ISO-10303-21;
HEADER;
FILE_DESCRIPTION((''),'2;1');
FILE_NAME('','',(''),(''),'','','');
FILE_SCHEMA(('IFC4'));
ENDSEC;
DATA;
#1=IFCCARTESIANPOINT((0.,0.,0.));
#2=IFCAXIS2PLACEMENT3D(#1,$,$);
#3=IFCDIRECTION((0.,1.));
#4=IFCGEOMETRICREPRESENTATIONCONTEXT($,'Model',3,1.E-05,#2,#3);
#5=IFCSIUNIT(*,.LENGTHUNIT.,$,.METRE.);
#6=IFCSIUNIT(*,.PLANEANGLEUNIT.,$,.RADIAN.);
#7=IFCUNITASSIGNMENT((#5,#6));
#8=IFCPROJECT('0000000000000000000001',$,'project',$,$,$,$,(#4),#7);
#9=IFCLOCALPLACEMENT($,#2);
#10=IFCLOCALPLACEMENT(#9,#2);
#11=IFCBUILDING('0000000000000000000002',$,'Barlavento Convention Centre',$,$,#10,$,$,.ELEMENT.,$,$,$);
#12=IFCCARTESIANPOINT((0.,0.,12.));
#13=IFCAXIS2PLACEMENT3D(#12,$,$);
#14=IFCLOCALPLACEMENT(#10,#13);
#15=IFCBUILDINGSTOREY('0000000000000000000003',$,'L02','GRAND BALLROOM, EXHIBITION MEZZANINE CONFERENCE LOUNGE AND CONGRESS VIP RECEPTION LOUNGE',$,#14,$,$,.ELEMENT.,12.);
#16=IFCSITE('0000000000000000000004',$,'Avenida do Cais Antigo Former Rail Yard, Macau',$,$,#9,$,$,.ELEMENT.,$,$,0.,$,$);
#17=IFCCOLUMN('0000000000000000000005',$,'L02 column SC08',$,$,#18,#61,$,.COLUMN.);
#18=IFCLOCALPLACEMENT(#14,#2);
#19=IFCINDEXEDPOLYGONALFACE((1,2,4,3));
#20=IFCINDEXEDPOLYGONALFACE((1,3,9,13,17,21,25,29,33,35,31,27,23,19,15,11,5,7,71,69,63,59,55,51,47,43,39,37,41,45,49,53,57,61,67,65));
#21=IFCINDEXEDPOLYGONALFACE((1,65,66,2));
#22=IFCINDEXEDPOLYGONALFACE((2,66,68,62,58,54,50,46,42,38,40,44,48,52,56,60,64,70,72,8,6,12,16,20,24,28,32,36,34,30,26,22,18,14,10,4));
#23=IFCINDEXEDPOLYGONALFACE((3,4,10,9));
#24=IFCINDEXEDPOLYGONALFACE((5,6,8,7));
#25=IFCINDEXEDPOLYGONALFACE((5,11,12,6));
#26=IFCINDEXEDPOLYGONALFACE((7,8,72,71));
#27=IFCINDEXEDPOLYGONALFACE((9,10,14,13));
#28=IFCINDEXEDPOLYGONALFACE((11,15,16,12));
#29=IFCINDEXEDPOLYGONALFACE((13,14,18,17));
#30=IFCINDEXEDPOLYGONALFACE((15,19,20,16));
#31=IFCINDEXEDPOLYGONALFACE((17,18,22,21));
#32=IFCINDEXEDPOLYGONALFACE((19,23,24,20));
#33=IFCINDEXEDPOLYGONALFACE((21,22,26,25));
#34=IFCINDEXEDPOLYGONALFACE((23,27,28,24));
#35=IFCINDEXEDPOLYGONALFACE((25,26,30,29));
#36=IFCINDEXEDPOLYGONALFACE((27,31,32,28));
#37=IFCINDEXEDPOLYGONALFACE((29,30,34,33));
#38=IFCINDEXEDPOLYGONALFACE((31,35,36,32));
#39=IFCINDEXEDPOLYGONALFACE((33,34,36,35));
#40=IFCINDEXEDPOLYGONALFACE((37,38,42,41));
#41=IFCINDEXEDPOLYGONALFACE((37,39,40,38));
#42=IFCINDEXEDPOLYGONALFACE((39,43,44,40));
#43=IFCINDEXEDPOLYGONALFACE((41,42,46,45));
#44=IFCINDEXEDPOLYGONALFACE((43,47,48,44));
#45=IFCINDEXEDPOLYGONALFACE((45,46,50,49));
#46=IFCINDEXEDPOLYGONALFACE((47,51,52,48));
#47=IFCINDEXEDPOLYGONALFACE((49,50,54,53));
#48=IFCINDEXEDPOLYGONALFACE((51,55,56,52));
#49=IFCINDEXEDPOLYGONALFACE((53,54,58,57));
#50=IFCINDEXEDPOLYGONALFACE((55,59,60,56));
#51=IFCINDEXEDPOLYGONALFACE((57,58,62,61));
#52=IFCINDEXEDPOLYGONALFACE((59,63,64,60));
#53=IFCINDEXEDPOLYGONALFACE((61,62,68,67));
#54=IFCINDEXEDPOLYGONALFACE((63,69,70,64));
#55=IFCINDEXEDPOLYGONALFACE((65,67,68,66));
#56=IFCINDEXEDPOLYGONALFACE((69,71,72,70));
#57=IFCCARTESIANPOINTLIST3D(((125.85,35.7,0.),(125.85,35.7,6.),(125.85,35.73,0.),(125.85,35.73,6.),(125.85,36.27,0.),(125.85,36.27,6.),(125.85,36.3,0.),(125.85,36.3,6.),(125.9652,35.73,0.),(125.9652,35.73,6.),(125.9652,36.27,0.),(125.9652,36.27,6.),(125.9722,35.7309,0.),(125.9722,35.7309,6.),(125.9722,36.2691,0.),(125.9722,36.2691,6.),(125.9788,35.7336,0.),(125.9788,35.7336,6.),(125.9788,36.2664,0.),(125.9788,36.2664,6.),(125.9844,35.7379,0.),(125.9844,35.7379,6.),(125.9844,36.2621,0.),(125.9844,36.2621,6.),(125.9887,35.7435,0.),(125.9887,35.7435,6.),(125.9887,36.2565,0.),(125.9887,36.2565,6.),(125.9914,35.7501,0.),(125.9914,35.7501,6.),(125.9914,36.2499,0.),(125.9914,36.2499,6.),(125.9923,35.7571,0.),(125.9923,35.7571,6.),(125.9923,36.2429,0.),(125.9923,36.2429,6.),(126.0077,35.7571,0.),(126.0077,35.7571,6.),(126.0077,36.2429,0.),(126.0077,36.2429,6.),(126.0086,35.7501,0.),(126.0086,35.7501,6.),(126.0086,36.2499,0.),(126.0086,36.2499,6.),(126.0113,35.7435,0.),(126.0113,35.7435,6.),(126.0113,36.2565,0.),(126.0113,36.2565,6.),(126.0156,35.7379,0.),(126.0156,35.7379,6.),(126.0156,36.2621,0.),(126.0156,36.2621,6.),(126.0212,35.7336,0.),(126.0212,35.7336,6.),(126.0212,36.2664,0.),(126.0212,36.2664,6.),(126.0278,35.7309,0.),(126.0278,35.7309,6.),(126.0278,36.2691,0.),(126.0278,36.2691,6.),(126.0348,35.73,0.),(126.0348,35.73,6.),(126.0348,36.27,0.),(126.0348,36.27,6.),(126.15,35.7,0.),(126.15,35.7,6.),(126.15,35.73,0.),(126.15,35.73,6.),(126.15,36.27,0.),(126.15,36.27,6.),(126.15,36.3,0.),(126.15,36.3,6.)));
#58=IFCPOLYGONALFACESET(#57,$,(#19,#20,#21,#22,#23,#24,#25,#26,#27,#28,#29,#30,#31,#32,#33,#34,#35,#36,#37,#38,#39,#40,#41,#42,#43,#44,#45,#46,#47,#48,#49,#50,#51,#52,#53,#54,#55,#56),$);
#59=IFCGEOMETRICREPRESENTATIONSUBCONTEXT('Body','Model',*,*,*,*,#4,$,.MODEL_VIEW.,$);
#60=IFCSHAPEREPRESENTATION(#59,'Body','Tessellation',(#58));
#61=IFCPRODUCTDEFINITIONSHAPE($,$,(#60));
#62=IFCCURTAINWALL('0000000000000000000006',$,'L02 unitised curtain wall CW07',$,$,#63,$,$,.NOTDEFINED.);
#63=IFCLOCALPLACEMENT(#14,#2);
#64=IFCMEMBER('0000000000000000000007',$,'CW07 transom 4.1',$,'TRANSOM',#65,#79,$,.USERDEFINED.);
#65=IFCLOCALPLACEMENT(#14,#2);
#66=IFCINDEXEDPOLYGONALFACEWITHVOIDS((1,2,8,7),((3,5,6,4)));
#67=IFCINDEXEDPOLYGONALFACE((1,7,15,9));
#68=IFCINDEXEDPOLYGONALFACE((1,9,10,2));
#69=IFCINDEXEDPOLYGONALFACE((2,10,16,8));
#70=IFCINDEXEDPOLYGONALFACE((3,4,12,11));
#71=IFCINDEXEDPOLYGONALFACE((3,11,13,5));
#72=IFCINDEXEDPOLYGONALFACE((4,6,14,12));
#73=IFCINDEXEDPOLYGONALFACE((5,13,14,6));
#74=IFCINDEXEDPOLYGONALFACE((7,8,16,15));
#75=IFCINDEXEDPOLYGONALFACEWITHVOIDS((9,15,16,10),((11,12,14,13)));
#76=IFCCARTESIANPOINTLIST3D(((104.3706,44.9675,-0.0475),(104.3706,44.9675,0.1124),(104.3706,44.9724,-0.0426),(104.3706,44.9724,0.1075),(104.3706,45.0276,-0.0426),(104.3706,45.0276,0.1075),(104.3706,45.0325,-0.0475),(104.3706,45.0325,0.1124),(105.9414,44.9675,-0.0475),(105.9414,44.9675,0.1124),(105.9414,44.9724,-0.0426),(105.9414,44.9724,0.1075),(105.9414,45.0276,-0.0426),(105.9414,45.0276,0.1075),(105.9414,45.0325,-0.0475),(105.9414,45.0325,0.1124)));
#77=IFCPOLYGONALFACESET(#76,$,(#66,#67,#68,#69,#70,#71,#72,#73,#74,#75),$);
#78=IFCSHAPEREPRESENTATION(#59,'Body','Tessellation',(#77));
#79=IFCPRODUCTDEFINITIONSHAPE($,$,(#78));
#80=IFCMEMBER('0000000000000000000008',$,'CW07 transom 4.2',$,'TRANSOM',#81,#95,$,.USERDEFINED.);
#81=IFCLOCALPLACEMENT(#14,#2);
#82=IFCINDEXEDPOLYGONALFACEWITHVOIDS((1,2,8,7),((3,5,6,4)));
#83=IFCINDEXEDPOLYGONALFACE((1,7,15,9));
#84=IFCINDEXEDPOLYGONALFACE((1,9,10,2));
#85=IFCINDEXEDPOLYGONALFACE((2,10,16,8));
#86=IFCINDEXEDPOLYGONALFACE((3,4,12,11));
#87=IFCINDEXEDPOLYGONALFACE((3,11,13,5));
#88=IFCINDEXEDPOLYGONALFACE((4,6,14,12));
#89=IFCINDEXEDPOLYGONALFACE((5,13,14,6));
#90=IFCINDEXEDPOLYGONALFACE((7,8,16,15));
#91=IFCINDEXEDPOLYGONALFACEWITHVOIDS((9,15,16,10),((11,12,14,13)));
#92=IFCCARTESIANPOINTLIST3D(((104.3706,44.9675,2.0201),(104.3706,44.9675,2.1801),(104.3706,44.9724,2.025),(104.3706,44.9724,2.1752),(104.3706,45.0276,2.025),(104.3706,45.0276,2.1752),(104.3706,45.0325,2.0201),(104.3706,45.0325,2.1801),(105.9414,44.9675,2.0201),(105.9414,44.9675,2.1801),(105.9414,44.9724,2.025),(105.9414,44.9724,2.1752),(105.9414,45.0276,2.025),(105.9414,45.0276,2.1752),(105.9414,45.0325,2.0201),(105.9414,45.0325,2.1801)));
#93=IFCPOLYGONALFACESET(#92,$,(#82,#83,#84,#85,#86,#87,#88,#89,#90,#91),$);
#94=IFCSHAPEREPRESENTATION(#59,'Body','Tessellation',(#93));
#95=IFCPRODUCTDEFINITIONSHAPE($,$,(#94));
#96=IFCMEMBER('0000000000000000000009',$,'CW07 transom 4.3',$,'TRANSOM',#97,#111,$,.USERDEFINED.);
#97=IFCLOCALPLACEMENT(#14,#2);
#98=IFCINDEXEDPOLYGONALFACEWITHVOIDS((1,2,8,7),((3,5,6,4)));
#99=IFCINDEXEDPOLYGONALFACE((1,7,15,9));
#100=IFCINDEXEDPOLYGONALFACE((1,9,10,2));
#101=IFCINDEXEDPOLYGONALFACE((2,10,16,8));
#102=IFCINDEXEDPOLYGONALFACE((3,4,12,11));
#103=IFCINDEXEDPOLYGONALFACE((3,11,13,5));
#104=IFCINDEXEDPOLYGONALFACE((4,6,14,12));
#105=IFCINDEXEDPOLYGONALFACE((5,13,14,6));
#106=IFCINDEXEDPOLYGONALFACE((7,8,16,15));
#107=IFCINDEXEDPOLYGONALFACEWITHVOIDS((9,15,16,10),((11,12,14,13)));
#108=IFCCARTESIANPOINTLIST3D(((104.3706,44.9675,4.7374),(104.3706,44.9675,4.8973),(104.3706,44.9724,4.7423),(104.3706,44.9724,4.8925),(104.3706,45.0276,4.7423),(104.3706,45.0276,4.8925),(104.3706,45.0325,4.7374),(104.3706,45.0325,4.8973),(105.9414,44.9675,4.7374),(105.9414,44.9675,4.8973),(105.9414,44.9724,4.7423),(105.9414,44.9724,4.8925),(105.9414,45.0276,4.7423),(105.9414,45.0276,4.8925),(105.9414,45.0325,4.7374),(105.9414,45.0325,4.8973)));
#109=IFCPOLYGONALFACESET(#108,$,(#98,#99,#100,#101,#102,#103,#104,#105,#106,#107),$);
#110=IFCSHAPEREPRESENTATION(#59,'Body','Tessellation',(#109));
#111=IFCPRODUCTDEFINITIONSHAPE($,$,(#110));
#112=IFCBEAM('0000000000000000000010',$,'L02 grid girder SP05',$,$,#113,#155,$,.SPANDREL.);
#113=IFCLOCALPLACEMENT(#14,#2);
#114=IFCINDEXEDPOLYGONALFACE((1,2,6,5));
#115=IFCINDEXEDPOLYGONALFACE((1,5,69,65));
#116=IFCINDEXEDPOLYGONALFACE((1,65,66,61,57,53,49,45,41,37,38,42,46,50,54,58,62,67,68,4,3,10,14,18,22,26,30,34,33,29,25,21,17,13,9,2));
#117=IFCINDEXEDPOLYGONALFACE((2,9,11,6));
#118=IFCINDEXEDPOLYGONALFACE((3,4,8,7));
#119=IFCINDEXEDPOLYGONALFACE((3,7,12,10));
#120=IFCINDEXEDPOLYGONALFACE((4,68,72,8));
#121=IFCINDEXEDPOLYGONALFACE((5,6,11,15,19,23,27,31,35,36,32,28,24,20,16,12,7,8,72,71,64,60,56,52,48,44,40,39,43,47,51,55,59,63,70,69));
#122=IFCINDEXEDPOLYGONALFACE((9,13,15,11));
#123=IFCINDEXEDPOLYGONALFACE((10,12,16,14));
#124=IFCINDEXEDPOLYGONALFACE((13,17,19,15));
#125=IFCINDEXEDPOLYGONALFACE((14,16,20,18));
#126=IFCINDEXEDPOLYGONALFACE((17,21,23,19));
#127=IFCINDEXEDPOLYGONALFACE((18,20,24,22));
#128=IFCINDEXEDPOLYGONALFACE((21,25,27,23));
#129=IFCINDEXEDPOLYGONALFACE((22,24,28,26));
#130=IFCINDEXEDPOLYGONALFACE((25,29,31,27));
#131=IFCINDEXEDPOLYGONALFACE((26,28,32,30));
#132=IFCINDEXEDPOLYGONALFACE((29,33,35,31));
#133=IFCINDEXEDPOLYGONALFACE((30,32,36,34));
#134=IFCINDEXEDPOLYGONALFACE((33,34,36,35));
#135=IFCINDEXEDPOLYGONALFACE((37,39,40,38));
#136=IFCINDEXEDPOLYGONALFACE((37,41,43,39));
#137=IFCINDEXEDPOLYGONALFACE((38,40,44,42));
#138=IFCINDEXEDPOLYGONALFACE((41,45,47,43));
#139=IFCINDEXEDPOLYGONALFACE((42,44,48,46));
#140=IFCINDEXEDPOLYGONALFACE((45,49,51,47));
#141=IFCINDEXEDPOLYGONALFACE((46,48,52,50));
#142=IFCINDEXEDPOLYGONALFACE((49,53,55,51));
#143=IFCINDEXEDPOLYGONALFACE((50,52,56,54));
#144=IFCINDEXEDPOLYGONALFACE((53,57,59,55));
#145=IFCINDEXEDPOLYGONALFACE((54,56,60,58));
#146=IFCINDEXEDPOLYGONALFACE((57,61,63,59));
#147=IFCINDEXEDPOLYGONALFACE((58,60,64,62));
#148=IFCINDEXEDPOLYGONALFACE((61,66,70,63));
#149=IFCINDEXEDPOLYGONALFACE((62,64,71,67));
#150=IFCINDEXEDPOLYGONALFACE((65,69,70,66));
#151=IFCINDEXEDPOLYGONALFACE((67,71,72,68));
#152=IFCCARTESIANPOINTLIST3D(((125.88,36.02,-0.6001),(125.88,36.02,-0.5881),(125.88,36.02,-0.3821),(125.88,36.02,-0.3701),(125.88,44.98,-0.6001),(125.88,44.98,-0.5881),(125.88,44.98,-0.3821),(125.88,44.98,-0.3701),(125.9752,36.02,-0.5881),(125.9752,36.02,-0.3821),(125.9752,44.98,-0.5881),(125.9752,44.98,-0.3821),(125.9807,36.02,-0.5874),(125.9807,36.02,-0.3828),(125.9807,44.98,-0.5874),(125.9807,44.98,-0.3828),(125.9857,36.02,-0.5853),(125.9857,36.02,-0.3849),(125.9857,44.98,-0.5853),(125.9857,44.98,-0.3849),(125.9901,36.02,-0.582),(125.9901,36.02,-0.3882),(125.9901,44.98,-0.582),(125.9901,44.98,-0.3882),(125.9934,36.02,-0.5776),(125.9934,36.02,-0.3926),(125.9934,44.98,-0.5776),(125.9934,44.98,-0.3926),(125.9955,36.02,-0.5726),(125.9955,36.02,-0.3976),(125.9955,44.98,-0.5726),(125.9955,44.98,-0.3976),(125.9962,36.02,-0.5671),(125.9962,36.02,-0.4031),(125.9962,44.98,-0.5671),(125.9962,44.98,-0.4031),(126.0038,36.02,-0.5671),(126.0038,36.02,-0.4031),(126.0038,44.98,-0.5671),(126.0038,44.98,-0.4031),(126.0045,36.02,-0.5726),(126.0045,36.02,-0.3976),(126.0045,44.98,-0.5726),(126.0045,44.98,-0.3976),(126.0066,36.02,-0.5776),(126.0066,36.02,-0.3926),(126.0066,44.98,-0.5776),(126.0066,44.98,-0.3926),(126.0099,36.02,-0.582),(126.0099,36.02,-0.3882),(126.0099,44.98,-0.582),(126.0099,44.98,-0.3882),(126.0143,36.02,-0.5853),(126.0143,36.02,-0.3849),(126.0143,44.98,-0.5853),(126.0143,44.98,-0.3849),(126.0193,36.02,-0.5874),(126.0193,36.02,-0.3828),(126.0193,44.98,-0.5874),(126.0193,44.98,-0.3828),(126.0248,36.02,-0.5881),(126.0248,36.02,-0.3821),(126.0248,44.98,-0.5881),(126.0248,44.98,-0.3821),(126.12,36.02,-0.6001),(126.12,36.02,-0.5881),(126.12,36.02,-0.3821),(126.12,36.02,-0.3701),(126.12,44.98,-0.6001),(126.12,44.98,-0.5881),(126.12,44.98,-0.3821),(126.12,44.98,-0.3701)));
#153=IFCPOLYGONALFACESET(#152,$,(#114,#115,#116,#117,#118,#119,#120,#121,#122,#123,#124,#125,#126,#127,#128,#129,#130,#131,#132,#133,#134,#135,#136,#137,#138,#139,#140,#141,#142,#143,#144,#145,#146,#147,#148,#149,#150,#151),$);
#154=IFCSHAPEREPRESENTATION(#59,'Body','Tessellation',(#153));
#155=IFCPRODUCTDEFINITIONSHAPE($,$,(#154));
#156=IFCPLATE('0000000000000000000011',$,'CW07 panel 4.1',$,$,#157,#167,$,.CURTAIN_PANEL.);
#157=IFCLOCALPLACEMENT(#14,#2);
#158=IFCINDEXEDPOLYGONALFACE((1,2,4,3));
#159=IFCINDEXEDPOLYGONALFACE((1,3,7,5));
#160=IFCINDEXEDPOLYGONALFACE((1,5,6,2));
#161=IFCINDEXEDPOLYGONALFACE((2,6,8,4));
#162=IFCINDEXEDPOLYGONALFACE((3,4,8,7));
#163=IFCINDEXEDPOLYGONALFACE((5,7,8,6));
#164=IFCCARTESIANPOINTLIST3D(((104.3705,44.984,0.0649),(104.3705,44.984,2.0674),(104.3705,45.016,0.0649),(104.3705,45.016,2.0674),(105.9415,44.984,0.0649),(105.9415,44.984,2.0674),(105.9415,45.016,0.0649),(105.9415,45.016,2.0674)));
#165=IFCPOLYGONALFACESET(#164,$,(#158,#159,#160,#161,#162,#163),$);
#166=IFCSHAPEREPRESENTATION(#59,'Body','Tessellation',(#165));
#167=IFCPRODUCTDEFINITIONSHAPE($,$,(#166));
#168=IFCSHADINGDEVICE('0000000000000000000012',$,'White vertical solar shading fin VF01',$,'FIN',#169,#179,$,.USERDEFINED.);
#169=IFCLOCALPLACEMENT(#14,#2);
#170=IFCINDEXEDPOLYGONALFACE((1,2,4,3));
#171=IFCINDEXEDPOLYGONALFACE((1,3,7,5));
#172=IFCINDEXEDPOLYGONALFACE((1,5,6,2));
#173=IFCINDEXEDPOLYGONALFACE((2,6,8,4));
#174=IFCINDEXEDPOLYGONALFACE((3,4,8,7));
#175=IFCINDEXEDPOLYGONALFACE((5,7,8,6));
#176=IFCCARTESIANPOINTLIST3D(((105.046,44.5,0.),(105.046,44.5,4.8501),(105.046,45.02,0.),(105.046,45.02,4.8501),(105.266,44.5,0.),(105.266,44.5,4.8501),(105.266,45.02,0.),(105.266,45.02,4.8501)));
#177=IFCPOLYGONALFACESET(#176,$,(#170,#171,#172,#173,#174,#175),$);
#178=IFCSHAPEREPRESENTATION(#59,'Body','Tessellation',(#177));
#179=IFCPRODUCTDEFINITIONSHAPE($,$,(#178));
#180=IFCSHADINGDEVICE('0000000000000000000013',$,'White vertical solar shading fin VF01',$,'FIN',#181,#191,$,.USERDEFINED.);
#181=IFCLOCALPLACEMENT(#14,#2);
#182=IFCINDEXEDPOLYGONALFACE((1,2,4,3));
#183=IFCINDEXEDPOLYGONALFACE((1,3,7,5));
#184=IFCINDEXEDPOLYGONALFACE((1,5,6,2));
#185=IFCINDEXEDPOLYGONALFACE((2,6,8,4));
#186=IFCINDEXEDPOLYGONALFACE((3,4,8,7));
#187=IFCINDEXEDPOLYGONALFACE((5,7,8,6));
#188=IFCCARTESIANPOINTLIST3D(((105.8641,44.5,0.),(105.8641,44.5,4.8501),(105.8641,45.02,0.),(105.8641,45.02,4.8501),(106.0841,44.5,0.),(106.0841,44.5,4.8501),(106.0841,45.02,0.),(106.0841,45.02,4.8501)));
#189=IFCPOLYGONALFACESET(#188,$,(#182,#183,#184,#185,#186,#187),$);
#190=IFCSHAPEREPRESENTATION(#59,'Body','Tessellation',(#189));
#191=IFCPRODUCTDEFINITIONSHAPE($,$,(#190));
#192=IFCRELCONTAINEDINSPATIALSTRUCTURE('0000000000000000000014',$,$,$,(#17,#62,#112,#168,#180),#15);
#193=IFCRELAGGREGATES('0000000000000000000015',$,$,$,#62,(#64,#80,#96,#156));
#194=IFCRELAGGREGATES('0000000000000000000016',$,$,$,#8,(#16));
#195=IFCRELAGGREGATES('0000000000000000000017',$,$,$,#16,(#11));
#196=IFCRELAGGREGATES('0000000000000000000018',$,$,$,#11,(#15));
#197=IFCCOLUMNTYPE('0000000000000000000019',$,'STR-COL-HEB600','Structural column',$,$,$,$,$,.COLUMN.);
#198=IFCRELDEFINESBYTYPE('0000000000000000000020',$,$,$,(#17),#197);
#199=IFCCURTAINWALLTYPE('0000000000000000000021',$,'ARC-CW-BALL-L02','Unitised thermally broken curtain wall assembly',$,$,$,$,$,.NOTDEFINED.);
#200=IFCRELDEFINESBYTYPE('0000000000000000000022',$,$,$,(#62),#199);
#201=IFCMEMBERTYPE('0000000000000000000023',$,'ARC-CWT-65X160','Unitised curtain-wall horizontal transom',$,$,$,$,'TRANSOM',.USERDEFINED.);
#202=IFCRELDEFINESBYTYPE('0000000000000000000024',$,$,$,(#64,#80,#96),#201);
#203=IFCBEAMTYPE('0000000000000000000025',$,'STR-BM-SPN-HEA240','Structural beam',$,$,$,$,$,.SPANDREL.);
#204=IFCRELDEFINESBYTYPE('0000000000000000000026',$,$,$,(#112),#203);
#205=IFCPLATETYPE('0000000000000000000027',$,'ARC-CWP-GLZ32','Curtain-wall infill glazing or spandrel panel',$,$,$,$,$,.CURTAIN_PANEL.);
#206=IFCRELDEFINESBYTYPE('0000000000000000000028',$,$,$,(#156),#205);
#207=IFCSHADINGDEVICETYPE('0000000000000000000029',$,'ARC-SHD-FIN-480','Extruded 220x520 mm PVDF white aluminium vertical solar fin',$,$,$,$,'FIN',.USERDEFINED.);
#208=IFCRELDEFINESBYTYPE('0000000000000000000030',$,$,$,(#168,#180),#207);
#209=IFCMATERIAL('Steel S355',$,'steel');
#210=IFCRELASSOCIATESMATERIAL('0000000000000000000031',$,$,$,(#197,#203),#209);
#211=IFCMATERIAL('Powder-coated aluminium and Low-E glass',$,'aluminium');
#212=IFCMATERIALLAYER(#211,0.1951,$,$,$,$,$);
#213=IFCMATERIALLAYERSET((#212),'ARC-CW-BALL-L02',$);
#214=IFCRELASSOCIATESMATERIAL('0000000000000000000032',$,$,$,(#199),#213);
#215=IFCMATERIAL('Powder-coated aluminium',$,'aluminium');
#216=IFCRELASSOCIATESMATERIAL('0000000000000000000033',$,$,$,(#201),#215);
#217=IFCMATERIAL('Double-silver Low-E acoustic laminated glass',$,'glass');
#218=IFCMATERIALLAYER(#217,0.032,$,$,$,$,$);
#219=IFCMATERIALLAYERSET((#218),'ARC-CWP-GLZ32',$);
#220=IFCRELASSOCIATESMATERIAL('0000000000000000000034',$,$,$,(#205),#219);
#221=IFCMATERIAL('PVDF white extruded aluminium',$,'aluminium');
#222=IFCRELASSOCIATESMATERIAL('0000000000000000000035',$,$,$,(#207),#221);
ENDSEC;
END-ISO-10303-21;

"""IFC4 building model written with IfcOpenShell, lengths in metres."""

from ifc_helpers import new_model, si_unit, direction, frame, origin, origin_2d, place, context, subcontext, project, spatial, rectangle, hollow_rectangle, i_section, extrude, material, layer, layer_set, material_profile, profile_set, type_object, element, aggregate, save


model = new_model("IFC4")

# Units and contexts
model_context = context("Model", 3, precision=1e-05, world=origin(), true_north=direction((0.0, 1.0)))
body_context = subcontext(model_context, "Body", "Model", "MODEL_VIEW")
ifc_project = project(units=[si_unit("LENGTHUNIT", "METRE"), si_unit("PLANEANGLEUNIT", "RADIAN")], contexts=[model_context])

# Site, building, storey
site_placement = place(None, origin())
site = spatial("IfcSite", under=ifc_project, at=site_placement, Name="Avenida do Cais Antigo Former Rail Yard, Macau", CompositionType="ELEMENT", RefElevation=0.0)
building_placement = place(site_placement, origin())
building = spatial("IfcBuilding", under=site, at=building_placement, Name="Barlavento Convention Centre", CompositionType="ELEMENT")
storey_placement = place(building_placement, frame((0.0, 0.0, 12.0)))
storey = spatial("IfcBuildingStorey", under=building, at=storey_placement, Name="L02", Description="GRAND BALLROOM, EXHIBITION MEZZANINE CONFERENCE LOUNGE AND CONGRESS VIP RECEPTION LOUNGE", CompositionType="ELEMENT", Elevation=12.0)

# Column
ifc_material_1 = material(Name="Steel S355", Category="steel")
ifc_material_profile_1 = material_profile(ifc_material_1, i_section(OverallWidth=0.3, OverallDepth=0.6001, WebThickness=0.0154, FlangeThickness=0.03, FilletRadius=0.0271, at=origin_2d()), Name="HEB 600")
ifc_profile_set_1 = profile_set([ifc_material_profile_1], Name="Steel S355")
column_type = type_object("IfcColumnType", Name="STR-COL-HEB600", Description="Structural column", PredefinedType="COLUMN", material=ifc_profile_set_1)
column_placement = place(storey_placement, frame((126.0, 36.0, 0.0), z_axis=(0.0, 0.0, 1.0), x_axis=(1.0, 0.0, 0.0)))
element("IfcColumn", 1, at=column_placement, inside=storey, type_object=column_type, Name="L02 column SC08", PredefinedType="COLUMN", context=body_context, shape_type="SweptSolid", body=[
    extrude(i_section(OverallWidth=0.3, OverallDepth=0.6001, WebThickness=0.0154, FlangeThickness=0.03, FilletRadius=0.0271, at=origin_2d()), origin(), (0.0, 0.0, 1.0), 6.0),
])

# Curtain wall, members
ifc_material_2 = material(Name="Powder-coated aluminium and Low-E glass", Category="aluminium")
ifc_layer_1 = layer(ifc_material_2, 0.1951)
ifc_layer_set_1 = layer_set([ifc_layer_1], Name="ARC-CW-BALL-L02")
curtain_wall_type = type_object("IfcCurtainWallType", Name="ARC-CW-BALL-L02", Description="Unitised thermally broken curtain wall assembly", PredefinedType="NOTDEFINED", material=ifc_layer_set_1)
curtain_wall_placement = place(storey_placement, origin())
curtain_wall = element("IfcCurtainWall", 2, at=curtain_wall_placement, inside=storey, type_object=curtain_wall_type, Name="L02 unitised curtain wall CW07", PredefinedType="NOTDEFINED")
ifc_material_3 = material(Name="Powder-coated aluminium", Category="aluminium")
ifc_material_profile_2 = material_profile(ifc_material_3, hollow_rectangle(XDim=0.0649, YDim=0.1599, WallThickness=0.0049, at=origin_2d()), Name="AL-TRAN 65x160x5")
ifc_profile_set_2 = profile_set([ifc_material_profile_2], Name="Powder-coated aluminium")
member_type = type_object("IfcMemberType", Name="ARC-CWT-65X160", Description="Unitised curtain-wall horizontal transom", ElementType="TRANSOM", PredefinedType="USERDEFINED", material=ifc_profile_set_2)
member_1_placement = place(storey_placement, frame((104.3706, 45.0, 0.0325), z_axis=(1.0, 0.0, 0.0), x_axis=(0.0, 1.0, 0.0)))
member_1 = element("IfcMember", 3, at=member_1_placement, type_object=member_type, Name="CW07 transom 4.1", ObjectType="TRANSOM", PredefinedType="USERDEFINED", context=body_context, shape_type="SweptSolid", body=[
    extrude(hollow_rectangle(XDim=0.0649, YDim=0.1599, WallThickness=0.0049, at=origin_2d()), origin(), (0.0, 0.0, 1.0), 1.5708),
])
member_2_placement = place(storey_placement, frame((104.3706, 45.0, 2.1001), z_axis=(1.0, 0.0, 0.0), x_axis=(0.0, 1.0, 0.0)))
member_2 = element("IfcMember", 4, at=member_2_placement, type_object=member_type, Name="CW07 transom 4.2", ObjectType="TRANSOM", PredefinedType="USERDEFINED", context=body_context, shape_type="SweptSolid", body=[
    extrude(hollow_rectangle(XDim=0.0649, YDim=0.1599, WallThickness=0.0049, at=origin_2d()), origin(), (0.0, 0.0, 1.0), 1.5708),
])
member_3_placement = place(storey_placement, frame((104.3706, 45.0, 4.8174), z_axis=(1.0, 0.0, 0.0), x_axis=(0.0, 1.0, 0.0)))
member_3 = element("IfcMember", 5, at=member_3_placement, type_object=member_type, Name="CW07 transom 4.3", ObjectType="TRANSOM", PredefinedType="USERDEFINED", context=body_context, shape_type="SweptSolid", body=[
    extrude(hollow_rectangle(XDim=0.0649, YDim=0.1599, WallThickness=0.0049, at=origin_2d()), origin(), (0.0, 0.0, 1.0), 1.5708),
])

# Beam
ifc_material_profile_3 = material_profile(ifc_material_1, i_section(OverallWidth=0.24, OverallDepth=0.23, WebThickness=0.0076, FlangeThickness=0.012, FilletRadius=0.021, at=origin_2d()), Name="HEA 240")
ifc_profile_set_3 = profile_set([ifc_material_profile_3], Name="Steel S355")
beam_type = type_object("IfcBeamType", Name="STR-BM-SPN-HEA240", Description="Structural beam", PredefinedType="SPANDREL", material=ifc_profile_set_3)
beam_placement = place(storey_placement, frame((126.0, 36.02, -0.4851), z_axis=(0.0, 1.0, 0.0), x_axis=(-1.0, 0.0, 0.0)))
element("IfcBeam", 6, at=beam_placement, inside=storey, type_object=beam_type, Name="L02 grid girder SP05", PredefinedType="SPANDREL", context=body_context, shape_type="SweptSolid", body=[
    extrude(i_section(OverallWidth=0.24, OverallDepth=0.23, WebThickness=0.0076, FlangeThickness=0.012, FilletRadius=0.021, at=origin_2d()), origin(), (0.0, 0.0, 1.0), 8.96),
])

# Plate
ifc_material_4 = material(Name="Double-silver Low-E acoustic laminated glass", Category="glass")
ifc_layer_2 = layer(ifc_material_4, 0.032)
ifc_layer_set_2 = layer_set([ifc_layer_2], Name="ARC-CWP-GLZ32")
plate_type = type_object("IfcPlateType", Name="ARC-CWP-GLZ32", Description="Curtain-wall infill glazing or spandrel panel", PredefinedType="CURTAIN_PANEL", material=ifc_layer_set_2)
plate_placement = place(storey_placement, frame((105.156, 45.0, 0.0649), z_axis=(0.0, 0.0, 1.0), x_axis=(1.0, 0.0, 0.0)))
plate = element("IfcPlate", 7, at=plate_placement, type_object=plate_type, Name="CW07 panel 4.1", PredefinedType="CURTAIN_PANEL", context=body_context, shape_type="SweptSolid", body=[
    extrude(rectangle(XDim=1.571, YDim=0.032, at=origin_2d()), origin(), (0.0, 0.0, 1.0), 2.0024),
])
aggregate(curtain_wall, [member_1, member_2, member_3, plate])

# Shading devices
ifc_material_5 = material(Name="PVDF white extruded aluminium", Category="aluminium")
shading_device_type = type_object("IfcShadingDeviceType", Name="ARC-SHD-FIN-480", Description="Extruded 220x520 mm PVDF white aluminium vertical solar fin", ElementType="FIN", PredefinedType="USERDEFINED", material=ifc_material_5)
for number, where, z_axis, x_axis, name in (
    (8, (105.156, 44.76, 0.0), (0.0, 0.0, 1.0), (1.0, 0.0, 0.0), "White vertical solar shading fin VF01"),
    (9, (105.9741, 44.76, 0.0), (0.0, 0.0, 1.0), (1.0, 0.0, 0.0), "White vertical solar shading fin VF01"),
):
    element("IfcShadingDevice", number, at=place(storey_placement, frame(where, z_axis=z_axis, x_axis=x_axis)), inside=storey, type_object=shading_device_type, Name=name, ObjectType="FIN", PredefinedType="USERDEFINED", context=body_context, shape_type="SweptSolid", body=[
        extrude(rectangle(XDim=0.22, YDim=0.52, at=origin_2d()), origin(), (0.0, 0.0, 1.0), 4.8501),
    ])

save(model, "model.ifc")
